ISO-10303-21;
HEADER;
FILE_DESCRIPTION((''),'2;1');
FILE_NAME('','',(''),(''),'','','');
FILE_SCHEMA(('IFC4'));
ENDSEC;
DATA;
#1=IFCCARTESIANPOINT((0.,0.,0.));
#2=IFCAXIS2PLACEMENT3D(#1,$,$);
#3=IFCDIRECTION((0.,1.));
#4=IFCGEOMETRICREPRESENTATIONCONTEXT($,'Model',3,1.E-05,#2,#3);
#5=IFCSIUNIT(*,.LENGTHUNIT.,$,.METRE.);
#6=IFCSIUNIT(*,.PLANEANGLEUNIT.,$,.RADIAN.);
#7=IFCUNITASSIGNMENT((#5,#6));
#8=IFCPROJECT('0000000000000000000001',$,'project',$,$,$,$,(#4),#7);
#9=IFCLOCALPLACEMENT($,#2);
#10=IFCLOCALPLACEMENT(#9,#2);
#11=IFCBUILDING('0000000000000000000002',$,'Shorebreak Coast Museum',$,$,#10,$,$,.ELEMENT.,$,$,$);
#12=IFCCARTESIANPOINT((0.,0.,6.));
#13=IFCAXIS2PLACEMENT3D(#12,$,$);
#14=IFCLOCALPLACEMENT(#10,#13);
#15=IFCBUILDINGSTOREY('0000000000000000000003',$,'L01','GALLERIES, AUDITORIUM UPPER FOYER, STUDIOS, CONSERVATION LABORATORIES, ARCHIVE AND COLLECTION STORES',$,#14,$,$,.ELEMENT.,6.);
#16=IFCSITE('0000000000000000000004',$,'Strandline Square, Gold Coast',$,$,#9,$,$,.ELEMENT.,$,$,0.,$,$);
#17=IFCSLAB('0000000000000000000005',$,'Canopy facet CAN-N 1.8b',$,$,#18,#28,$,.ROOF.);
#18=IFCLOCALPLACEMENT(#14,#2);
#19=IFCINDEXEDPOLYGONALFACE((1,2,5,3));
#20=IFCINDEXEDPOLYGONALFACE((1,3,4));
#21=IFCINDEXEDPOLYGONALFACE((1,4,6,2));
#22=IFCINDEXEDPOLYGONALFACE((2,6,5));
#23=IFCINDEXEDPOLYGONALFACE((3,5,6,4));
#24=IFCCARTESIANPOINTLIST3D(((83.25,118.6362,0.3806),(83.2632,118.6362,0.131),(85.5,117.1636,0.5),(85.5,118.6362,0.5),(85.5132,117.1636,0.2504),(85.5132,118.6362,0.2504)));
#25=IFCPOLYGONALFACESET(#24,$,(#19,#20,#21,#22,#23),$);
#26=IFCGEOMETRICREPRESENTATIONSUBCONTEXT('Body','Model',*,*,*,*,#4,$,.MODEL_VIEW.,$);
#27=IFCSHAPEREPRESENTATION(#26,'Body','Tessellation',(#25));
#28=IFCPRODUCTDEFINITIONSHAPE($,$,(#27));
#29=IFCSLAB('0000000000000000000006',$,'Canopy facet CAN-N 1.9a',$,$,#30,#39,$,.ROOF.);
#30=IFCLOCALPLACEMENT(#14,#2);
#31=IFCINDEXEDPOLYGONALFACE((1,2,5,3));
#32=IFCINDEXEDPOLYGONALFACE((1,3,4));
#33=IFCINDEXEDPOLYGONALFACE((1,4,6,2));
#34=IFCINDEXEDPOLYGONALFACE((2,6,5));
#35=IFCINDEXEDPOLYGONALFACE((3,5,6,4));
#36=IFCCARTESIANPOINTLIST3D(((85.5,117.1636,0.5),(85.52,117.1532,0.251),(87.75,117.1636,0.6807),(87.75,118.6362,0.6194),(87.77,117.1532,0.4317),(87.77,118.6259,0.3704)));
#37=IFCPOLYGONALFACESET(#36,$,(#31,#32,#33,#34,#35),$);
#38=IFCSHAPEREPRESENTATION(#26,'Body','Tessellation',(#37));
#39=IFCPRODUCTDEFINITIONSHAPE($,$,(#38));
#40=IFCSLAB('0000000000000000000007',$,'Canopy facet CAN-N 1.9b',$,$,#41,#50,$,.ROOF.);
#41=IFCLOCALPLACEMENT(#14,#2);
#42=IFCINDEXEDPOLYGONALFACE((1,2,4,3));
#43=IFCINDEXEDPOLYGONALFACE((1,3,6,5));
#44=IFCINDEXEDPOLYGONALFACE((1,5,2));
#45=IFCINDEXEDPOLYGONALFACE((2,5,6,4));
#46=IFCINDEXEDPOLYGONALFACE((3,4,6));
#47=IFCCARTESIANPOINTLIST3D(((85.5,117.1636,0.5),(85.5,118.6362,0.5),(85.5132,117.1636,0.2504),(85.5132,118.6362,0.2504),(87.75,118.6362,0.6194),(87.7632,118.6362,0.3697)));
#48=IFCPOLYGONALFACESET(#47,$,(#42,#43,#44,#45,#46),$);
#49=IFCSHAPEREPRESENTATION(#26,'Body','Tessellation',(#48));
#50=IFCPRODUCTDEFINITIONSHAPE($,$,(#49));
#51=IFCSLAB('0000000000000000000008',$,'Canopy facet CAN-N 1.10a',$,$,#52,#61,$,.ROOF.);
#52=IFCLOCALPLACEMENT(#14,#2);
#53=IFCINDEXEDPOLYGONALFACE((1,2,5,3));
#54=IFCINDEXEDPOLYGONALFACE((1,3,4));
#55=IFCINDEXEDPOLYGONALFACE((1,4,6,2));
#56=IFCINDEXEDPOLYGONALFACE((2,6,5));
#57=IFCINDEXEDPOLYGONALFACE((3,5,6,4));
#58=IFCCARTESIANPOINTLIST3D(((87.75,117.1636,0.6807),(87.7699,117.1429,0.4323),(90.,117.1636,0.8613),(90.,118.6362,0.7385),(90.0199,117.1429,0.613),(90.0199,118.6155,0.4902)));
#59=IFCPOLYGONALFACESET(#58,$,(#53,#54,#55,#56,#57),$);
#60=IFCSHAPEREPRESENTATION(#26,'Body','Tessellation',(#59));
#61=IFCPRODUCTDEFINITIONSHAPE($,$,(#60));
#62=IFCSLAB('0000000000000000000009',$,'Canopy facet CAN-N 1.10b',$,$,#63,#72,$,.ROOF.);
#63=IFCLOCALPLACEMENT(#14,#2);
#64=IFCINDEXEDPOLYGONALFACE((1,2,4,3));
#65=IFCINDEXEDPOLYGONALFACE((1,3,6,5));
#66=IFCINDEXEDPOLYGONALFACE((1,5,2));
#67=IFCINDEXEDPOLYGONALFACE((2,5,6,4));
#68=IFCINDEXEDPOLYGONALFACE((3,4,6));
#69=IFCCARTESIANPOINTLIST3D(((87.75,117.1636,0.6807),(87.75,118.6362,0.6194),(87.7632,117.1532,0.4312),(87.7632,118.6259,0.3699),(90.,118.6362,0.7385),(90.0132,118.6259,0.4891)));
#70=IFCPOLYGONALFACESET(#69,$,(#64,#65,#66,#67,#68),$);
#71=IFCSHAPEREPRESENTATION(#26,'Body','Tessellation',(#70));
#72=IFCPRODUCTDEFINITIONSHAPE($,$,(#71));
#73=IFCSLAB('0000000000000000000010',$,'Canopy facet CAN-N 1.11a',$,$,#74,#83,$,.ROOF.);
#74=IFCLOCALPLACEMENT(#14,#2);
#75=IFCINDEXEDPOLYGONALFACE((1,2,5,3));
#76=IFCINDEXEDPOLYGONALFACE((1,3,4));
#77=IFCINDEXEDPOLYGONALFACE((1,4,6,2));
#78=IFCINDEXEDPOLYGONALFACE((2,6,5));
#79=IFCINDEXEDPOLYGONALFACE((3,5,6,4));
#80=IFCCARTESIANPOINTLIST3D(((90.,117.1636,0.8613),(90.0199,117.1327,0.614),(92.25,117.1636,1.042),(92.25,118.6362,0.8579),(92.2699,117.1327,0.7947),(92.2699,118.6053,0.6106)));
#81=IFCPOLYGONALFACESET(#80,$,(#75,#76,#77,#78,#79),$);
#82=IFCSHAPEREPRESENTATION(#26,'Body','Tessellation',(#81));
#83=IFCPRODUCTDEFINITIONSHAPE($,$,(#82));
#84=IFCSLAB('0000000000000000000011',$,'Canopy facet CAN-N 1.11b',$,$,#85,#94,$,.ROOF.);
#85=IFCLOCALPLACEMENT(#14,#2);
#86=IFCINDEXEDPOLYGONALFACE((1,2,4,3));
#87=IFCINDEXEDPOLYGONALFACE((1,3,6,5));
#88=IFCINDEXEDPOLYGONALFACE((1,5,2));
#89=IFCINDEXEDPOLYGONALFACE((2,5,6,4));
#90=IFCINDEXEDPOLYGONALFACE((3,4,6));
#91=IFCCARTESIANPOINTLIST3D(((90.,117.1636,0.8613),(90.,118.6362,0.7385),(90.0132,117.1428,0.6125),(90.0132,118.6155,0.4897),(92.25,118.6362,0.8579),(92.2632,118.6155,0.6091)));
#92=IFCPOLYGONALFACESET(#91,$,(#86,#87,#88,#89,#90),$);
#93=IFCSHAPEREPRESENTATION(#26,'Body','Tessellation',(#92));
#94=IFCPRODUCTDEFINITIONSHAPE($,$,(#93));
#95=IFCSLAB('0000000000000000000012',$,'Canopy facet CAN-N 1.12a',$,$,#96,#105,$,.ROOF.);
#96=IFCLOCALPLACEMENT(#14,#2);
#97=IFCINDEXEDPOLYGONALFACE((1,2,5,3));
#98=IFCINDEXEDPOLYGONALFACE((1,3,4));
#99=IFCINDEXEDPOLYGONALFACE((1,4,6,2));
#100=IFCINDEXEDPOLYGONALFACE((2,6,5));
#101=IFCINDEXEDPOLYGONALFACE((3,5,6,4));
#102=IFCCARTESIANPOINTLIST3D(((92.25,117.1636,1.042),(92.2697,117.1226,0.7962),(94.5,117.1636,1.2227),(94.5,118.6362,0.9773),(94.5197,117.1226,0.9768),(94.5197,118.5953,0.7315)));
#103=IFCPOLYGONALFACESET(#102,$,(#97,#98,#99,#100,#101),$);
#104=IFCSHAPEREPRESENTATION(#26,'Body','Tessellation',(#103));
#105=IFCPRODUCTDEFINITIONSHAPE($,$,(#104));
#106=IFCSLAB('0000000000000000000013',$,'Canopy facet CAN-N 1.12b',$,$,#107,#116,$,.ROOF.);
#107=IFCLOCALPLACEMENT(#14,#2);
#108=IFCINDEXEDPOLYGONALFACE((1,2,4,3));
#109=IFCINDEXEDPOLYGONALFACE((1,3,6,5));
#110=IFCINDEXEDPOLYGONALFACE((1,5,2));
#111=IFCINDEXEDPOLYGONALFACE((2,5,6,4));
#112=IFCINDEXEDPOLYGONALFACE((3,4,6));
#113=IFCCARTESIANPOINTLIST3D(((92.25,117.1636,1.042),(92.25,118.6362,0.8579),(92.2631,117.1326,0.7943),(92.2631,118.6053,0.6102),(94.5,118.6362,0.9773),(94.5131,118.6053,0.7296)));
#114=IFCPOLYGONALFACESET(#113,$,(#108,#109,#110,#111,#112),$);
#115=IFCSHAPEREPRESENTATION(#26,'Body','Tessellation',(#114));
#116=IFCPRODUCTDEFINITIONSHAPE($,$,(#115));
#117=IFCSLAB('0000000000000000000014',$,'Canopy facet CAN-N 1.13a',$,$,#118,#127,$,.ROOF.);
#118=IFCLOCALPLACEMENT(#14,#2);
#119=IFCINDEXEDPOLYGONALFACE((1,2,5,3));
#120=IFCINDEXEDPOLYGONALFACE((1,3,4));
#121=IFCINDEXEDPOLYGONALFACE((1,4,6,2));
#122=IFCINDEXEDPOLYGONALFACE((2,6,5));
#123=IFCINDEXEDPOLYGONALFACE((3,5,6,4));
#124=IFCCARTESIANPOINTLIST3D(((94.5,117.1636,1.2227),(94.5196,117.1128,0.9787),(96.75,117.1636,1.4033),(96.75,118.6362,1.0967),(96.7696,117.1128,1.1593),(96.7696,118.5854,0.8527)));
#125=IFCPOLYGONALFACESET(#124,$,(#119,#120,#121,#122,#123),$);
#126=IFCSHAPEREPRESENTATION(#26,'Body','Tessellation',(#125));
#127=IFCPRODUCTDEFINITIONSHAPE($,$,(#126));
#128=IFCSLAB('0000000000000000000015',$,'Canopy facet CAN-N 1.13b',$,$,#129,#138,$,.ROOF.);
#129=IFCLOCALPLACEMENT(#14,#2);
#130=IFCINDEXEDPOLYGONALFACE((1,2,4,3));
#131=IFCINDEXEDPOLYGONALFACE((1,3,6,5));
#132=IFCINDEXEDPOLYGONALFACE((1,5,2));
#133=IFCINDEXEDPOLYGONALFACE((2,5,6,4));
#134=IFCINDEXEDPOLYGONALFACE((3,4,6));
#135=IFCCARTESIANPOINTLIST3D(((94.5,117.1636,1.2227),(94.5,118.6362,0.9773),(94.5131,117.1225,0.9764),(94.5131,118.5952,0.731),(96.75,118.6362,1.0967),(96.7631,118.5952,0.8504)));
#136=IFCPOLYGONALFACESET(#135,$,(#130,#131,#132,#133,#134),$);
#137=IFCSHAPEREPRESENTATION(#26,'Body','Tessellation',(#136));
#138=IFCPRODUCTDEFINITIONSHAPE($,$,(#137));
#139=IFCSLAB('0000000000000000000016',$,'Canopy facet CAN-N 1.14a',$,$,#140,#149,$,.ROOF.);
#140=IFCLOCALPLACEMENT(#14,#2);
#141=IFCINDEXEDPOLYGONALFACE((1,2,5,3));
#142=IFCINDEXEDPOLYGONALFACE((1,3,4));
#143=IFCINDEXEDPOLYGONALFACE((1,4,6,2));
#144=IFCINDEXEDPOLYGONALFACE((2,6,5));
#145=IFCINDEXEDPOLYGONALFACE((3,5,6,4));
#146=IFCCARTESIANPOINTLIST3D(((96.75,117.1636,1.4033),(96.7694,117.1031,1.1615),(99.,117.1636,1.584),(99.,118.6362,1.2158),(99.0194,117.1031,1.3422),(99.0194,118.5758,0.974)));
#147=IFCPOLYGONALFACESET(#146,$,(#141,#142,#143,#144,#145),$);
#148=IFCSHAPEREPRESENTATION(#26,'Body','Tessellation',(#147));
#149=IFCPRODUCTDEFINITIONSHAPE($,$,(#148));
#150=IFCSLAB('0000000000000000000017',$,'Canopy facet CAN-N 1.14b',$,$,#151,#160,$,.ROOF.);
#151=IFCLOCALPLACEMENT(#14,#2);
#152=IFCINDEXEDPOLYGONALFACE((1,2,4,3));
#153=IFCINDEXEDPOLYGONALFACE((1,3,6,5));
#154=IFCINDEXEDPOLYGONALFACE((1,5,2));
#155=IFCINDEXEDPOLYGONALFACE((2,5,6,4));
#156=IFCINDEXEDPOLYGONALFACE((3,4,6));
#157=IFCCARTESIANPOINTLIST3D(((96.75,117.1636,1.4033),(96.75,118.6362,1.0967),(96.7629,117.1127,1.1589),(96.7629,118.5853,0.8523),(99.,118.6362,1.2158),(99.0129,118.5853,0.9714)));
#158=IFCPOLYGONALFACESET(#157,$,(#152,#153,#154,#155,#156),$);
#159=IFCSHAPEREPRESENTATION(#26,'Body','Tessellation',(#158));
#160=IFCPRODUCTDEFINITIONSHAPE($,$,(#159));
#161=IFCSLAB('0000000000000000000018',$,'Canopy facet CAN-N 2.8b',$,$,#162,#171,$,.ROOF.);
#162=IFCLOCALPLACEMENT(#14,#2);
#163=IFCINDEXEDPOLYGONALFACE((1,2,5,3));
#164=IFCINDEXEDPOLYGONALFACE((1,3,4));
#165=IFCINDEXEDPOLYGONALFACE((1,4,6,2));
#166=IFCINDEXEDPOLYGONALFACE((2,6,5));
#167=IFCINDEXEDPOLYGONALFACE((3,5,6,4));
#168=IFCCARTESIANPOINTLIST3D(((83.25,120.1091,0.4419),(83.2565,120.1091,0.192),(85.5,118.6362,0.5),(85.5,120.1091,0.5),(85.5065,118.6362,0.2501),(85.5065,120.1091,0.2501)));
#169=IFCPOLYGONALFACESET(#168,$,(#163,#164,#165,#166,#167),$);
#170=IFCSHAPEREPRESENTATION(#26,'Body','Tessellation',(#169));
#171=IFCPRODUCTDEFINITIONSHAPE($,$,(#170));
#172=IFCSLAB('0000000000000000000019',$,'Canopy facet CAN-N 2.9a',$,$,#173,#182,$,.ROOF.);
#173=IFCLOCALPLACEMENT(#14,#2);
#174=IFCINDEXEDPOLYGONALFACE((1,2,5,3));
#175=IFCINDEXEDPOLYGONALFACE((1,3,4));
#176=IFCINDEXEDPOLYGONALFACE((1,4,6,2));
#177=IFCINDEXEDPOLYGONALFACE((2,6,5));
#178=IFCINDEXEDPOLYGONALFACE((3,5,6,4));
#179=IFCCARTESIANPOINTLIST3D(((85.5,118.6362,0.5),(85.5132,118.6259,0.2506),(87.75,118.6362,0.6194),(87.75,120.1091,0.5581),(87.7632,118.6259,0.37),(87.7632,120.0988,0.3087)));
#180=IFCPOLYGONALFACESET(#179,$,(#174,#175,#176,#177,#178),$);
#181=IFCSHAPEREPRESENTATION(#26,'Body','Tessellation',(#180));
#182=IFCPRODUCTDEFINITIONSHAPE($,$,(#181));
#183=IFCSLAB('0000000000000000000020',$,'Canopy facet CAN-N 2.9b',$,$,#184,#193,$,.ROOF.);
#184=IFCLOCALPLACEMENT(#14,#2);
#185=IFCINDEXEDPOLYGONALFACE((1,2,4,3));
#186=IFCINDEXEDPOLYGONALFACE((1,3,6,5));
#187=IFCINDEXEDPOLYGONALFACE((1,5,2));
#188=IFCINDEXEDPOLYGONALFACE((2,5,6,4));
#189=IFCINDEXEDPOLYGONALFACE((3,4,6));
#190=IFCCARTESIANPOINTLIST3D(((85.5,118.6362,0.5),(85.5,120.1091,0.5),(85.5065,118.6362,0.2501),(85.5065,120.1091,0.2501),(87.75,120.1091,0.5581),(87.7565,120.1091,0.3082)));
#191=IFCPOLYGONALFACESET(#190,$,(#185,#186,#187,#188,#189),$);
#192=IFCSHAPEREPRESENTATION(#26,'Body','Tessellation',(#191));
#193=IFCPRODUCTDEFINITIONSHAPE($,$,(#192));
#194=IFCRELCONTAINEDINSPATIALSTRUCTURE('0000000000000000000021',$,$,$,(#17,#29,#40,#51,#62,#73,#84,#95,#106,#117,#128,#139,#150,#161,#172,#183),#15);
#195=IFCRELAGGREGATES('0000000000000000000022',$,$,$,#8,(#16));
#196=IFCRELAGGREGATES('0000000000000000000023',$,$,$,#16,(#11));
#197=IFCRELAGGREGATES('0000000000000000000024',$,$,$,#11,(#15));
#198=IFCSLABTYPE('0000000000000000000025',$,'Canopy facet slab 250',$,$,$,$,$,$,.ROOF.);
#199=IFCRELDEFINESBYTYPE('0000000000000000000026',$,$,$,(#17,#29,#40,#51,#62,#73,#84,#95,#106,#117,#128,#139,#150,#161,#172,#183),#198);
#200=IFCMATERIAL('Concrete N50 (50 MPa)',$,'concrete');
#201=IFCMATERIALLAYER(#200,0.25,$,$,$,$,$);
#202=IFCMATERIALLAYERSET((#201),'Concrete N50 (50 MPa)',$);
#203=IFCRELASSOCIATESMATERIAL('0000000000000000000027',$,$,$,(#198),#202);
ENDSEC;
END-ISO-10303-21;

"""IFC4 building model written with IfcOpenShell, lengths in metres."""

from ifc_helpers import new_model, si_unit, direction, frame, origin, place, context, subcontext, project, spatial, polyline, outline, extrude, material, layer, layer_set, type_object, element, save


model = new_model("IFC4")

# Units and contexts
model_context = context("Model", 3, precision=1e-05, world=origin(), true_north=direction((0.0, 1.0)))
body_context = subcontext(model_context, "Body", "Model", "MODEL_VIEW")
ifc_project = project(units=[si_unit("LENGTHUNIT", "METRE"), si_unit("PLANEANGLEUNIT", "RADIAN")], contexts=[model_context])

# Site, building, storey
site_placement = place(None, origin())
site = spatial("IfcSite", under=ifc_project, at=site_placement, Name="Strandline Square, Gold Coast", CompositionType="ELEMENT", RefElevation=0.0)
building_placement = place(site_placement, origin())
building = spatial("IfcBuilding", under=site, at=building_placement, Name="Shorebreak Coast Museum", CompositionType="ELEMENT")
storey_placement = place(building_placement, frame((0.0, 0.0, 6.0)))
storey = spatial("IfcBuildingStorey", under=building, at=storey_placement, Name="L01", Description="GALLERIES, AUDITORIUM UPPER FOYER, STUDIOS, CONSERVATION LABORATORIES, ARCHIVE AND COLLECTION STORES", CompositionType="ELEMENT", Elevation=6.0)

# Slabs
ifc_material_1 = material(Name="Concrete N50 (50 MPa)", Category="concrete")
ifc_layer_1 = layer(ifc_material_1, 0.25)
ifc_layer_set_1 = layer_set([ifc_layer_1], Name="Concrete N50 (50 MPa)")
slab_type = type_object("IfcSlabType", Name="Canopy facet slab 250", PredefinedType="ROOF", material=ifc_layer_set_1)
slab_1_placement = place(storey_placement, frame((85.5, 117.1636, 0.5), z_axis=(-0.052985, 0.0, 0.998595), x_axis=(0.0, 1.0, 0.0)))
element("IfcSlab", 1, at=slab_1_placement, inside=storey, type_object=slab_type, Name="Canopy facet CAN-N 1.8b", PredefinedType="ROOF", context=body_context, shape_type="SweptSolid", body=[
    extrude(outline(polyline([(0.0, 0.0), (1.4727, 0.0), (1.4727, 2.2532), (0.0, 0.0)])), origin(), (0.0, 0.0, -1.0), 0.25),
])
slab_2_placement = place(storey_placement, frame((85.5, 117.1636, 0.5), z_axis=(-0.079969, 0.041442, 0.995936), x_axis=(0.996792, 0.0, 0.080038)))
element("IfcSlab", 2, at=slab_2_placement, inside=storey, type_object=slab_type, Name="Canopy facet CAN-N 1.9a", PredefinedType="ROOF", context=body_context, shape_type="SweptSolid", body=[
    extrude(outline(polyline([(0.0, 0.0), (2.2572, 0.0), (2.2523, 1.4739), (0.0, 0.0)])), origin(), (0.0, 0.0, -1.0), 0.25),
])
slab_3_placement = place(storey_placement, frame((85.5, 117.1636, 0.5), z_axis=(-0.052985, 0.0, 0.998595), x_axis=(0.83589, 0.547102, 0.044352)))
element("IfcSlab", 3, at=slab_3_placement, inside=storey, type_object=slab_type, Name="Canopy facet CAN-N 1.9b", PredefinedType="ROOF", context=body_context, shape_type="SweptSolid", body=[
    extrude(outline(polyline([(0.0, 0.0), (2.6917, 0.0), (0.8057, 1.2327), (0.0, 0.0)])), origin(), (0.0, 0.0, -1.0), 0.25),
])
slab_4_placement = place(storey_placement, frame((87.75, 117.1636, 0.6807), z_axis=(-0.079762, 0.082835, 0.993366), x_axis=(0.996792, 0.0, 0.080038)))
element("IfcSlab", 4, at=slab_4_placement, inside=storey, type_object=slab_type, Name="Canopy facet CAN-N 1.10a", PredefinedType="ROOF", context=body_context, shape_type="SweptSolid", body=[
    extrude(outline(polyline([(0.0, 0.0), (2.2572, 0.0), (2.2474, 1.4777), (0.0, 0.0)])), origin(), (0.0, 0.0, -1.0), 0.25),
])
slab_5_placement = place(storey_placement, frame((87.75, 117.1636, 0.6807), z_axis=(-0.052832, 0.041517, 0.99774), x_axis=(0.83652, 0.547514, 0.021512)))
element("IfcSlab", 5, at=slab_5_placement, inside=storey, type_object=slab_type, Name="Canopy facet CAN-N 1.10b", PredefinedType="ROOF", context=body_context, shape_type="SweptSolid", body=[
    extrude(outline(polyline([(0.0, 0.0), (2.6897, 0.0), (0.805, 1.2347), (0.0, 0.0)])), origin(), (0.0, 0.0, -1.0), 0.25),
])
slab_6_placement = place(storey_placement, frame((90.0, 117.1636, 0.8613), z_axis=(-0.079423, 0.123643, 0.989143), x_axis=(0.996792, 0.0, 0.080038)))
element("IfcSlab", 6, at=slab_6_placement, inside=storey, type_object=slab_type, Name="Canopy facet CAN-N 1.11a", PredefinedType="ROOF", context=body_context, shape_type="SweptSolid", body=[
    extrude(outline(polyline([(0.0, 0.0), (2.2572, 0.0), (2.2425, 1.484), (0.0, 0.0)])), origin(), (0.0, 0.0, -1.0), 0.25),
])
slab_7_placement = place(storey_placement, frame((90.0, 117.1636, 0.8613), z_axis=(-0.052803, 0.082984, 0.995151), x_axis=(0.836713, 0.54764, -0.001271)))
element("IfcSlab", 7, at=slab_7_placement, inside=storey, type_object=slab_type, Name="Canopy facet CAN-N 1.11b", PredefinedType="ROOF", context=body_context, shape_type="SweptSolid", body=[
    extrude(outline(polyline([(0.0, 0.0), (2.6891, 0.0), (0.8066, 1.2382), (0.0, 0.0)])), origin(), (0.0, 0.0, -1.0), 0.25),
])
slab_8_placement = place(storey_placement, frame((92.25, 117.1636, 1.042), z_axis=(-0.078956, 0.163833, 0.983323), x_axis=(0.996792, 0.0, 0.080038)))
element("IfcSlab", 8, at=slab_8_placement, inside=storey, type_object=slab_type, Name="Canopy facet CAN-N 1.12a", PredefinedType="ROOF", context=body_context, shape_type="SweptSolid", body=[
    extrude(outline(polyline([(0.0, 0.0), (2.2572, 0.0), (2.2376, 1.4928), (0.0, 0.0)])), origin(), (0.0, 0.0, -1.0), 0.25),
])
slab_9_placement = place(storey_placement, frame((92.25, 117.1636, 1.042), z_axis=(-0.052577, 0.123863, 0.990905), x_axis=(0.836472, 0.547482, -0.024052)))
element("IfcSlab", 9, at=slab_9_placement, inside=storey, type_object=slab_type, Name="Canopy facet CAN-N 1.12b", PredefinedType="ROOF", context=body_context, shape_type="SweptSolid", body=[
    extrude(outline(polyline([(0.0, 0.0), (2.6899, 0.0), (0.8107, 1.2431), (0.0, 0.0)])), origin(), (0.0, 0.0, -1.0), 0.25),
])
slab_10_placement = place(storey_placement, frame((94.5, 117.1636, 1.2227), z_axis=(-0.078367, 0.203224, 0.975991), x_axis=(0.996792, 0.0, 0.080038)))
element("IfcSlab", 10, at=slab_10_placement, inside=storey, type_object=slab_type, Name="Canopy facet CAN-N 1.13a", PredefinedType="ROOF", context=body_context, shape_type="SweptSolid", body=[
    extrude(outline(polyline([(0.0, 0.0), (2.2572, 0.0), (2.2327, 1.504), (0.0, 0.0)])), origin(), (0.0, 0.0, -1.0), 0.25),
])
slab_11_placement = place(storey_placement, frame((94.5, 117.1636, 1.2227), z_axis=(-0.052267, 0.164121, 0.985054), x_axis=(0.835797, 0.547041, -0.046796)))
element("IfcSlab", 11, at=slab_11_placement, inside=storey, type_object=slab_type, Name="Canopy facet CAN-N 1.13b", PredefinedType="ROOF", context=body_context, shape_type="SweptSolid", body=[
    extrude(outline(polyline([(0.0, 0.0), (2.692, 0.0), (0.8171, 1.2495), (0.0, 0.0)])), origin(), (0.0, 0.0, -1.0), 0.25),
])
slab_12_placement = place(storey_placement, frame((96.75, 117.1636, 1.4033), z_axis=(-0.077662, 0.241803, 0.967212), x_axis=(0.996792, 0.0, 0.080038)))
element("IfcSlab", 12, at=slab_12_placement, inside=storey, type_object=slab_type, Name="Canopy facet CAN-N 1.14a", PredefinedType="ROOF", context=body_context, shape_type="SweptSolid", body=[
    extrude(outline(polyline([(0.0, 0.0), (2.2572, 0.0), (2.2278, 1.5177), (0.0, 0.0)])), origin(), (0.0, 0.0, -1.0), 0.25),
])
slab_13_placement = place(storey_placement, frame((96.75, 117.1636, 1.4033), z_axis=(-0.05177, 0.203577, 0.977689), x_axis=(0.834687, 0.546314, -0.069557)))
element("IfcSlab", 13, at=slab_13_placement, inside=storey, type_object=slab_type, Name="Canopy facet CAN-N 1.14b", PredefinedType="ROOF", context=body_context, shape_type="SweptSolid", body=[
    extrude(outline(polyline([(0.0, 0.0), (2.6956, 0.0), (0.8259, 1.2573), (0.0, 0.0)])), origin(), (0.0, 0.0, -1.0), 0.25),
])
slab_14_placement = place(storey_placement, frame((85.5, 118.6362, 0.5), z_axis=(-0.025816, 0.0, 0.999667), x_axis=(0.0, 1.0, 0.0)))
element("IfcSlab", 14, at=slab_14_placement, inside=storey, type_object=slab_type, Name="Canopy facet CAN-N 2.8b", PredefinedType="ROOF", context=body_context, shape_type="SweptSolid", body=[
    extrude(outline(polyline([(0.0, 0.0), (1.4729, 0.0), (1.4729, 2.2508), (0.0, 0.0)])), origin(), (0.0, 0.0, -1.0), 0.25),
])
slab_15_placement = place(storey_placement, frame((85.5, 118.6362, 0.5), z_axis=(-0.05294, 0.04151, 0.997735), x_axis=(0.998595, 0.0, 0.052985)))
element("IfcSlab", 15, at=slab_15_placement, inside=storey, type_object=slab_type, Name="Canopy facet CAN-N 2.9a", PredefinedType="ROOF", context=body_context, shape_type="SweptSolid", body=[
    extrude(outline(polyline([(0.0, 0.0), (2.2532, 0.0), (2.2499, 1.4742), (0.0, 0.0)])), origin(), (0.0, 0.0, -1.0), 0.25),
])
slab_16_placement = place(storey_placement, frame((85.5, 118.6362, 0.5), z_axis=(-0.025816, 0.0, 0.999667), x_axis=(0.836477, 0.547576, 0.021602)))
element("IfcSlab", 16, at=slab_16_placement, inside=storey, type_object=slab_type, Name="Canopy facet CAN-N 2.9b", PredefinedType="ROOF", context=body_context, shape_type="SweptSolid", body=[
    extrude(outline(polyline([(0.0, 0.0), (2.6899, 0.0), (0.8065, 1.2325), (0.0, 0.0)])), origin(), (0.0, 0.0, -1.0), 0.25),
])

save(model, "model.ifc")
